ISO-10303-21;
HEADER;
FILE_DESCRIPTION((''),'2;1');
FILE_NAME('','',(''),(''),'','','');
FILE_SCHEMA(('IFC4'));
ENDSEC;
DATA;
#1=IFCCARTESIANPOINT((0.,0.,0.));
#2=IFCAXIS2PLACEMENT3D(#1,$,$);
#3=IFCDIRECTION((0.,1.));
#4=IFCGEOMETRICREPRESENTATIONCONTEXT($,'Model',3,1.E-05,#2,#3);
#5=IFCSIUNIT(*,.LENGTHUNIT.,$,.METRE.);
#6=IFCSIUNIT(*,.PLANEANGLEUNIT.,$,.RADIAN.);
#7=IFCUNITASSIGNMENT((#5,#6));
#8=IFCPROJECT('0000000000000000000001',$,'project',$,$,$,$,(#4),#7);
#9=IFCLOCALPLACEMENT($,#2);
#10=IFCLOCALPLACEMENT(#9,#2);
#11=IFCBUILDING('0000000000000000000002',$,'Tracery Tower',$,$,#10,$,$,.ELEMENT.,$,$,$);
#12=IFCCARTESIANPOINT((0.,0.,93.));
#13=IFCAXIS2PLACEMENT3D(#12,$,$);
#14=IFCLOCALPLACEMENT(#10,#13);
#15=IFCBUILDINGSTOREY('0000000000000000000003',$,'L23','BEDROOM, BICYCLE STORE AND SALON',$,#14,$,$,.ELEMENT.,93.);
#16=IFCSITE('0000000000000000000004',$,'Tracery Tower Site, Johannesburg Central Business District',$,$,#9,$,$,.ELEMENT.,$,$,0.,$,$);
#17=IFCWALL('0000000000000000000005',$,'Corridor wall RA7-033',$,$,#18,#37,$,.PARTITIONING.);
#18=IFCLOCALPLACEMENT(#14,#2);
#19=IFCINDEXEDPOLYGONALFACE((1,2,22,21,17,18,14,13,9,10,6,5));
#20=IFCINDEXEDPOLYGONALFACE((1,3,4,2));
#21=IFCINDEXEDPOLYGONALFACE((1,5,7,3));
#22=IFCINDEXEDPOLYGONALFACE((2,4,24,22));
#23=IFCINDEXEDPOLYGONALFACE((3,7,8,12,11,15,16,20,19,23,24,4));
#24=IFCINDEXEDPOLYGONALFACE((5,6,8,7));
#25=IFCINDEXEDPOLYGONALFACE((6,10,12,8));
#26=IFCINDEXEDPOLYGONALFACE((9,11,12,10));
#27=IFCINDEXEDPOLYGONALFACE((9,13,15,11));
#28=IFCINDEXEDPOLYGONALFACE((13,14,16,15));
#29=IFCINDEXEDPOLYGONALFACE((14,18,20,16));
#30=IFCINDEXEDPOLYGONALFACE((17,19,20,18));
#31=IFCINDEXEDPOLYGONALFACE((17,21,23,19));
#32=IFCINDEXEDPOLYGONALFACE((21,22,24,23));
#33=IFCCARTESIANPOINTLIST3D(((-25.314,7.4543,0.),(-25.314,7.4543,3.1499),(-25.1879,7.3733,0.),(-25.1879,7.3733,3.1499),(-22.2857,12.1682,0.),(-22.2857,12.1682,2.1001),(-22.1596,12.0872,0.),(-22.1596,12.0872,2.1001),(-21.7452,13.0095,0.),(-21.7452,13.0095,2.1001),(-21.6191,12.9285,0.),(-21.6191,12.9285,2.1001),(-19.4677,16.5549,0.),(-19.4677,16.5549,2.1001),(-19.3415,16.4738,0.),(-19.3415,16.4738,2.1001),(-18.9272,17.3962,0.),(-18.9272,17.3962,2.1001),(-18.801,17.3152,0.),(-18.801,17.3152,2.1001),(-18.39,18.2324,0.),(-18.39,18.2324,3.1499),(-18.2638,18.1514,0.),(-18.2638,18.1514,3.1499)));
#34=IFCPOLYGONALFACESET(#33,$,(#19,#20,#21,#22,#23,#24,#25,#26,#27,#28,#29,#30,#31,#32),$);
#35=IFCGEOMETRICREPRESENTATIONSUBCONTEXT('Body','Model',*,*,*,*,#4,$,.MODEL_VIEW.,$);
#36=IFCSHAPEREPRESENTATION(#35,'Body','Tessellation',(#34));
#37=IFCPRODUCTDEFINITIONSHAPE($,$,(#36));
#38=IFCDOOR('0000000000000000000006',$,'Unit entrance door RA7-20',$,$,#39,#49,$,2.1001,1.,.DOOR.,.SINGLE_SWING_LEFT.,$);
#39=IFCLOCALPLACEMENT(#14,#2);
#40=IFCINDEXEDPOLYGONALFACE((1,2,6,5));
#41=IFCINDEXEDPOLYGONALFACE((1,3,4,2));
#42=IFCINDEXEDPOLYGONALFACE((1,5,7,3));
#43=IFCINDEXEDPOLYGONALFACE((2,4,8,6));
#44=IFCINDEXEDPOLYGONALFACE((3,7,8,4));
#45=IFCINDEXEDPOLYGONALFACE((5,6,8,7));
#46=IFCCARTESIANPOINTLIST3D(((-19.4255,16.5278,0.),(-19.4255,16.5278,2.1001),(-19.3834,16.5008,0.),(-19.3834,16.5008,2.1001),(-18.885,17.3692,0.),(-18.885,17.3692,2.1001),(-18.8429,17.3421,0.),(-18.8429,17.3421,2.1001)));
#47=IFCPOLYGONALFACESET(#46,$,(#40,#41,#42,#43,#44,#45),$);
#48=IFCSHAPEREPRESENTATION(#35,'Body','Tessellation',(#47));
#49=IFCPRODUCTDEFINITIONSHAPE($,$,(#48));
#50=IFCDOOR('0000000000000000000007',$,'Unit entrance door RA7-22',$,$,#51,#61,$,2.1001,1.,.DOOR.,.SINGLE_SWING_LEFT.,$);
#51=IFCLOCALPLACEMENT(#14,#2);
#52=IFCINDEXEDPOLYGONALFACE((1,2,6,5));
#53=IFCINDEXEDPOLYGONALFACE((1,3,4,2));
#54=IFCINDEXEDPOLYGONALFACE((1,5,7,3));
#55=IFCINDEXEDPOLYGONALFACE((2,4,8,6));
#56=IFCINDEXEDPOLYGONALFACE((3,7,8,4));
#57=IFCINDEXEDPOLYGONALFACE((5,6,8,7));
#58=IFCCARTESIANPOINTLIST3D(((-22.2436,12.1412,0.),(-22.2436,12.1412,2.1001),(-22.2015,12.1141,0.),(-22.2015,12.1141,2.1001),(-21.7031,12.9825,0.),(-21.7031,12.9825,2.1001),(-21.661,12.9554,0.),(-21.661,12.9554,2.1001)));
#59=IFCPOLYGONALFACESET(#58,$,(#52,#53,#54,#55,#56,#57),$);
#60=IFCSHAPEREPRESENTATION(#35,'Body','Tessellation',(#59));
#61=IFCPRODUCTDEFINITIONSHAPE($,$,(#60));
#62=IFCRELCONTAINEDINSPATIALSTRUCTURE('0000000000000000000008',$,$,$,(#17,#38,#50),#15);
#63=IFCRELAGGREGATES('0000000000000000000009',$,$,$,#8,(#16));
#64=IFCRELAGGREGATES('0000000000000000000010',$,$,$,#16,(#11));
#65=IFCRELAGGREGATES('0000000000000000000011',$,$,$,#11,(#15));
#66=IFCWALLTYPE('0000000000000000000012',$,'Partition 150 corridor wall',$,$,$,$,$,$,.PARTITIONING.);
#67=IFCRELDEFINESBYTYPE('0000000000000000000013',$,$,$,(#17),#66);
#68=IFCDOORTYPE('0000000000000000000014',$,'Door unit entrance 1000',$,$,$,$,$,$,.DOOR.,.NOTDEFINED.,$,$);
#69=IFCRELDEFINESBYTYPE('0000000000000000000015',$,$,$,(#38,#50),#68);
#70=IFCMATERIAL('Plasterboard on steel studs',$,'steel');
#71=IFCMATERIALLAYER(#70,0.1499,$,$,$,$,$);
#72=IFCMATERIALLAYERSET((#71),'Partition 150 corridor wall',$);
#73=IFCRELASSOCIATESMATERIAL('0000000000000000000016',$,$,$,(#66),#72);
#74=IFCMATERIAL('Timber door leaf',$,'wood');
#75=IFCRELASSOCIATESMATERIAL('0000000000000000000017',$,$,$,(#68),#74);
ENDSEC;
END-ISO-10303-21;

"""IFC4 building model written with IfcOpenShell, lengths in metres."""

from ifc_helpers import new_model, si_unit, direction, frame, frame_2d, origin, place, context, subcontext, project, spatial, rectangle, extrude, material, layer, layer_set, type_object, element, fill, save


model = new_model("IFC4")

# Units and contexts
model_context = context("Model", 3, precision=1e-05, world=origin(), true_north=direction((0.0, 1.0)))
body_context = subcontext(model_context, "Body", "Model", "MODEL_VIEW")
ifc_project = project(units=[si_unit("LENGTHUNIT", "METRE"), si_unit("PLANEANGLEUNIT", "RADIAN")], contexts=[model_context])

# Site, building, storey
site_placement = place(None, origin())
site = spatial("IfcSite", under=ifc_project, at=site_placement, Name="Tracery Tower Site, Johannesburg Central Business District", CompositionType="ELEMENT", RefElevation=0.0)
building_placement = place(site_placement, origin())
building = spatial("IfcBuilding", under=site, at=building_placement, Name="Tracery Tower", CompositionType="ELEMENT")
storey_placement = place(building_placement, frame((0.0, 0.0, 93.0)))
storey = spatial("IfcBuildingStorey", under=building, at=storey_placement, Name="L23", Description="BEDROOM, BICYCLE STORE AND SALON", CompositionType="ELEMENT", Elevation=93.0)

# Shared definitions
ifc_material_1 = material(Name="Plasterboard on steel studs", Category="steel")
ifc_layer_1 = layer(ifc_material_1, 0.1499)
ifc_layer_set_1 = layer_set([ifc_layer_1], Name="Partition 150 corridor wall")
wall_type_1 = type_object("IfcWallType", Name="Partition 150 corridor wall", PredefinedType="PARTITIONING", material=ifc_layer_set_1)

# Wall, openings, doors
wall_1_placement = place(storey_placement, frame((-25.251, 7.4138, 0.0), z_axis=(0.0, 0.0, 1.0), x_axis=(0.540498, 0.841345, 0.0)))
wall_1 = element("IfcWall", 1, at=wall_1_placement, inside=storey, type_object=wall_type_1, Name="Corridor wall RA7-033", PredefinedType="PARTITIONING", context=body_context, shape_type="SweptSolid", body=[
    extrude(rectangle(XDim=12.8105, YDim=0.1499, at=frame_2d((6.4053, 0.0))), origin(), (0.0, 0.0, 1.0), 3.1499),
])
opening_1_placement = place(wall_1_placement, frame((10.8167, 0.0, 0.0)))
opening_1 = element("IfcOpeningElement", 2, at=opening_1_placement, cuts=wall_1, PredefinedType="OPENING", context=body_context, shape_type="SweptSolid", body=[
    extrude(rectangle(XDim=1.0, YDim=2.1001, at=frame_2d((0.5, 1.05))), frame((0.0, 0.075, 0.0), z_axis=(0.0, -1.0, 0.0), x_axis=(1.0, 0.0, 0.0)), (0.0, 0.0, 1.0), 0.1499),
])
opening_2_placement = place(wall_1_placement, frame((5.6028, 0.0, 0.0)))
opening_2 = element("IfcOpeningElement", 3, at=opening_2_placement, cuts=wall_1, PredefinedType="OPENING", context=body_context, shape_type="SweptSolid", body=[
    extrude(rectangle(XDim=1.0, YDim=2.1001, at=frame_2d((0.5, 1.05))), frame((0.0, 0.075, 0.0), z_axis=(0.0, -1.0, 0.0), x_axis=(1.0, 0.0, 0.0)), (0.0, 0.0, 1.0), 0.1499),
])
ifc_material_2 = material(Name="Timber door leaf", Category="wood")
door_type = type_object("IfcDoorType", Name="Door unit entrance 1000", OperationType="NOTDEFINED", PredefinedType="DOOR", material=ifc_material_2)
door_1_placement = place(opening_1_placement, origin())
door_1 = element("IfcDoor", 4, at=door_1_placement, inside=storey, type_object=door_type, Name="Unit entrance door RA7-20", OperationType="SINGLE_SWING_LEFT", OverallHeight=2.1001, OverallWidth=1.0, PredefinedType="DOOR", context=body_context, shape_type="SweptSolid", body=[
    extrude(rectangle(XDim=1.0, YDim=2.1001, at=frame_2d((0.5, 1.05))), frame((0.0, 0.0249, 0.0), z_axis=(0.0, -1.0, 0.0), x_axis=(1.0, 0.0, 0.0)), (0.0, 0.0, 1.0), 0.05),
])
fill(opening_1, door_1)
door_2_placement = place(opening_2_placement, origin())
door_2 = element("IfcDoor", 5, at=door_2_placement, inside=storey, type_object=door_type, Name="Unit entrance door RA7-22", OperationType="SINGLE_SWING_LEFT", OverallHeight=2.1001, OverallWidth=1.0, PredefinedType="DOOR", context=body_context, shape_type="SweptSolid", body=[
    extrude(rectangle(XDim=1.0, YDim=2.1001, at=frame_2d((0.5, 1.05))), frame((0.0, 0.0249, 0.0), z_axis=(0.0, -1.0, 0.0), x_axis=(1.0, 0.0, 0.0)), (0.0, 0.0, 1.0), 0.05),
])
fill(opening_2, door_2)

save(model, "model.ifc")
